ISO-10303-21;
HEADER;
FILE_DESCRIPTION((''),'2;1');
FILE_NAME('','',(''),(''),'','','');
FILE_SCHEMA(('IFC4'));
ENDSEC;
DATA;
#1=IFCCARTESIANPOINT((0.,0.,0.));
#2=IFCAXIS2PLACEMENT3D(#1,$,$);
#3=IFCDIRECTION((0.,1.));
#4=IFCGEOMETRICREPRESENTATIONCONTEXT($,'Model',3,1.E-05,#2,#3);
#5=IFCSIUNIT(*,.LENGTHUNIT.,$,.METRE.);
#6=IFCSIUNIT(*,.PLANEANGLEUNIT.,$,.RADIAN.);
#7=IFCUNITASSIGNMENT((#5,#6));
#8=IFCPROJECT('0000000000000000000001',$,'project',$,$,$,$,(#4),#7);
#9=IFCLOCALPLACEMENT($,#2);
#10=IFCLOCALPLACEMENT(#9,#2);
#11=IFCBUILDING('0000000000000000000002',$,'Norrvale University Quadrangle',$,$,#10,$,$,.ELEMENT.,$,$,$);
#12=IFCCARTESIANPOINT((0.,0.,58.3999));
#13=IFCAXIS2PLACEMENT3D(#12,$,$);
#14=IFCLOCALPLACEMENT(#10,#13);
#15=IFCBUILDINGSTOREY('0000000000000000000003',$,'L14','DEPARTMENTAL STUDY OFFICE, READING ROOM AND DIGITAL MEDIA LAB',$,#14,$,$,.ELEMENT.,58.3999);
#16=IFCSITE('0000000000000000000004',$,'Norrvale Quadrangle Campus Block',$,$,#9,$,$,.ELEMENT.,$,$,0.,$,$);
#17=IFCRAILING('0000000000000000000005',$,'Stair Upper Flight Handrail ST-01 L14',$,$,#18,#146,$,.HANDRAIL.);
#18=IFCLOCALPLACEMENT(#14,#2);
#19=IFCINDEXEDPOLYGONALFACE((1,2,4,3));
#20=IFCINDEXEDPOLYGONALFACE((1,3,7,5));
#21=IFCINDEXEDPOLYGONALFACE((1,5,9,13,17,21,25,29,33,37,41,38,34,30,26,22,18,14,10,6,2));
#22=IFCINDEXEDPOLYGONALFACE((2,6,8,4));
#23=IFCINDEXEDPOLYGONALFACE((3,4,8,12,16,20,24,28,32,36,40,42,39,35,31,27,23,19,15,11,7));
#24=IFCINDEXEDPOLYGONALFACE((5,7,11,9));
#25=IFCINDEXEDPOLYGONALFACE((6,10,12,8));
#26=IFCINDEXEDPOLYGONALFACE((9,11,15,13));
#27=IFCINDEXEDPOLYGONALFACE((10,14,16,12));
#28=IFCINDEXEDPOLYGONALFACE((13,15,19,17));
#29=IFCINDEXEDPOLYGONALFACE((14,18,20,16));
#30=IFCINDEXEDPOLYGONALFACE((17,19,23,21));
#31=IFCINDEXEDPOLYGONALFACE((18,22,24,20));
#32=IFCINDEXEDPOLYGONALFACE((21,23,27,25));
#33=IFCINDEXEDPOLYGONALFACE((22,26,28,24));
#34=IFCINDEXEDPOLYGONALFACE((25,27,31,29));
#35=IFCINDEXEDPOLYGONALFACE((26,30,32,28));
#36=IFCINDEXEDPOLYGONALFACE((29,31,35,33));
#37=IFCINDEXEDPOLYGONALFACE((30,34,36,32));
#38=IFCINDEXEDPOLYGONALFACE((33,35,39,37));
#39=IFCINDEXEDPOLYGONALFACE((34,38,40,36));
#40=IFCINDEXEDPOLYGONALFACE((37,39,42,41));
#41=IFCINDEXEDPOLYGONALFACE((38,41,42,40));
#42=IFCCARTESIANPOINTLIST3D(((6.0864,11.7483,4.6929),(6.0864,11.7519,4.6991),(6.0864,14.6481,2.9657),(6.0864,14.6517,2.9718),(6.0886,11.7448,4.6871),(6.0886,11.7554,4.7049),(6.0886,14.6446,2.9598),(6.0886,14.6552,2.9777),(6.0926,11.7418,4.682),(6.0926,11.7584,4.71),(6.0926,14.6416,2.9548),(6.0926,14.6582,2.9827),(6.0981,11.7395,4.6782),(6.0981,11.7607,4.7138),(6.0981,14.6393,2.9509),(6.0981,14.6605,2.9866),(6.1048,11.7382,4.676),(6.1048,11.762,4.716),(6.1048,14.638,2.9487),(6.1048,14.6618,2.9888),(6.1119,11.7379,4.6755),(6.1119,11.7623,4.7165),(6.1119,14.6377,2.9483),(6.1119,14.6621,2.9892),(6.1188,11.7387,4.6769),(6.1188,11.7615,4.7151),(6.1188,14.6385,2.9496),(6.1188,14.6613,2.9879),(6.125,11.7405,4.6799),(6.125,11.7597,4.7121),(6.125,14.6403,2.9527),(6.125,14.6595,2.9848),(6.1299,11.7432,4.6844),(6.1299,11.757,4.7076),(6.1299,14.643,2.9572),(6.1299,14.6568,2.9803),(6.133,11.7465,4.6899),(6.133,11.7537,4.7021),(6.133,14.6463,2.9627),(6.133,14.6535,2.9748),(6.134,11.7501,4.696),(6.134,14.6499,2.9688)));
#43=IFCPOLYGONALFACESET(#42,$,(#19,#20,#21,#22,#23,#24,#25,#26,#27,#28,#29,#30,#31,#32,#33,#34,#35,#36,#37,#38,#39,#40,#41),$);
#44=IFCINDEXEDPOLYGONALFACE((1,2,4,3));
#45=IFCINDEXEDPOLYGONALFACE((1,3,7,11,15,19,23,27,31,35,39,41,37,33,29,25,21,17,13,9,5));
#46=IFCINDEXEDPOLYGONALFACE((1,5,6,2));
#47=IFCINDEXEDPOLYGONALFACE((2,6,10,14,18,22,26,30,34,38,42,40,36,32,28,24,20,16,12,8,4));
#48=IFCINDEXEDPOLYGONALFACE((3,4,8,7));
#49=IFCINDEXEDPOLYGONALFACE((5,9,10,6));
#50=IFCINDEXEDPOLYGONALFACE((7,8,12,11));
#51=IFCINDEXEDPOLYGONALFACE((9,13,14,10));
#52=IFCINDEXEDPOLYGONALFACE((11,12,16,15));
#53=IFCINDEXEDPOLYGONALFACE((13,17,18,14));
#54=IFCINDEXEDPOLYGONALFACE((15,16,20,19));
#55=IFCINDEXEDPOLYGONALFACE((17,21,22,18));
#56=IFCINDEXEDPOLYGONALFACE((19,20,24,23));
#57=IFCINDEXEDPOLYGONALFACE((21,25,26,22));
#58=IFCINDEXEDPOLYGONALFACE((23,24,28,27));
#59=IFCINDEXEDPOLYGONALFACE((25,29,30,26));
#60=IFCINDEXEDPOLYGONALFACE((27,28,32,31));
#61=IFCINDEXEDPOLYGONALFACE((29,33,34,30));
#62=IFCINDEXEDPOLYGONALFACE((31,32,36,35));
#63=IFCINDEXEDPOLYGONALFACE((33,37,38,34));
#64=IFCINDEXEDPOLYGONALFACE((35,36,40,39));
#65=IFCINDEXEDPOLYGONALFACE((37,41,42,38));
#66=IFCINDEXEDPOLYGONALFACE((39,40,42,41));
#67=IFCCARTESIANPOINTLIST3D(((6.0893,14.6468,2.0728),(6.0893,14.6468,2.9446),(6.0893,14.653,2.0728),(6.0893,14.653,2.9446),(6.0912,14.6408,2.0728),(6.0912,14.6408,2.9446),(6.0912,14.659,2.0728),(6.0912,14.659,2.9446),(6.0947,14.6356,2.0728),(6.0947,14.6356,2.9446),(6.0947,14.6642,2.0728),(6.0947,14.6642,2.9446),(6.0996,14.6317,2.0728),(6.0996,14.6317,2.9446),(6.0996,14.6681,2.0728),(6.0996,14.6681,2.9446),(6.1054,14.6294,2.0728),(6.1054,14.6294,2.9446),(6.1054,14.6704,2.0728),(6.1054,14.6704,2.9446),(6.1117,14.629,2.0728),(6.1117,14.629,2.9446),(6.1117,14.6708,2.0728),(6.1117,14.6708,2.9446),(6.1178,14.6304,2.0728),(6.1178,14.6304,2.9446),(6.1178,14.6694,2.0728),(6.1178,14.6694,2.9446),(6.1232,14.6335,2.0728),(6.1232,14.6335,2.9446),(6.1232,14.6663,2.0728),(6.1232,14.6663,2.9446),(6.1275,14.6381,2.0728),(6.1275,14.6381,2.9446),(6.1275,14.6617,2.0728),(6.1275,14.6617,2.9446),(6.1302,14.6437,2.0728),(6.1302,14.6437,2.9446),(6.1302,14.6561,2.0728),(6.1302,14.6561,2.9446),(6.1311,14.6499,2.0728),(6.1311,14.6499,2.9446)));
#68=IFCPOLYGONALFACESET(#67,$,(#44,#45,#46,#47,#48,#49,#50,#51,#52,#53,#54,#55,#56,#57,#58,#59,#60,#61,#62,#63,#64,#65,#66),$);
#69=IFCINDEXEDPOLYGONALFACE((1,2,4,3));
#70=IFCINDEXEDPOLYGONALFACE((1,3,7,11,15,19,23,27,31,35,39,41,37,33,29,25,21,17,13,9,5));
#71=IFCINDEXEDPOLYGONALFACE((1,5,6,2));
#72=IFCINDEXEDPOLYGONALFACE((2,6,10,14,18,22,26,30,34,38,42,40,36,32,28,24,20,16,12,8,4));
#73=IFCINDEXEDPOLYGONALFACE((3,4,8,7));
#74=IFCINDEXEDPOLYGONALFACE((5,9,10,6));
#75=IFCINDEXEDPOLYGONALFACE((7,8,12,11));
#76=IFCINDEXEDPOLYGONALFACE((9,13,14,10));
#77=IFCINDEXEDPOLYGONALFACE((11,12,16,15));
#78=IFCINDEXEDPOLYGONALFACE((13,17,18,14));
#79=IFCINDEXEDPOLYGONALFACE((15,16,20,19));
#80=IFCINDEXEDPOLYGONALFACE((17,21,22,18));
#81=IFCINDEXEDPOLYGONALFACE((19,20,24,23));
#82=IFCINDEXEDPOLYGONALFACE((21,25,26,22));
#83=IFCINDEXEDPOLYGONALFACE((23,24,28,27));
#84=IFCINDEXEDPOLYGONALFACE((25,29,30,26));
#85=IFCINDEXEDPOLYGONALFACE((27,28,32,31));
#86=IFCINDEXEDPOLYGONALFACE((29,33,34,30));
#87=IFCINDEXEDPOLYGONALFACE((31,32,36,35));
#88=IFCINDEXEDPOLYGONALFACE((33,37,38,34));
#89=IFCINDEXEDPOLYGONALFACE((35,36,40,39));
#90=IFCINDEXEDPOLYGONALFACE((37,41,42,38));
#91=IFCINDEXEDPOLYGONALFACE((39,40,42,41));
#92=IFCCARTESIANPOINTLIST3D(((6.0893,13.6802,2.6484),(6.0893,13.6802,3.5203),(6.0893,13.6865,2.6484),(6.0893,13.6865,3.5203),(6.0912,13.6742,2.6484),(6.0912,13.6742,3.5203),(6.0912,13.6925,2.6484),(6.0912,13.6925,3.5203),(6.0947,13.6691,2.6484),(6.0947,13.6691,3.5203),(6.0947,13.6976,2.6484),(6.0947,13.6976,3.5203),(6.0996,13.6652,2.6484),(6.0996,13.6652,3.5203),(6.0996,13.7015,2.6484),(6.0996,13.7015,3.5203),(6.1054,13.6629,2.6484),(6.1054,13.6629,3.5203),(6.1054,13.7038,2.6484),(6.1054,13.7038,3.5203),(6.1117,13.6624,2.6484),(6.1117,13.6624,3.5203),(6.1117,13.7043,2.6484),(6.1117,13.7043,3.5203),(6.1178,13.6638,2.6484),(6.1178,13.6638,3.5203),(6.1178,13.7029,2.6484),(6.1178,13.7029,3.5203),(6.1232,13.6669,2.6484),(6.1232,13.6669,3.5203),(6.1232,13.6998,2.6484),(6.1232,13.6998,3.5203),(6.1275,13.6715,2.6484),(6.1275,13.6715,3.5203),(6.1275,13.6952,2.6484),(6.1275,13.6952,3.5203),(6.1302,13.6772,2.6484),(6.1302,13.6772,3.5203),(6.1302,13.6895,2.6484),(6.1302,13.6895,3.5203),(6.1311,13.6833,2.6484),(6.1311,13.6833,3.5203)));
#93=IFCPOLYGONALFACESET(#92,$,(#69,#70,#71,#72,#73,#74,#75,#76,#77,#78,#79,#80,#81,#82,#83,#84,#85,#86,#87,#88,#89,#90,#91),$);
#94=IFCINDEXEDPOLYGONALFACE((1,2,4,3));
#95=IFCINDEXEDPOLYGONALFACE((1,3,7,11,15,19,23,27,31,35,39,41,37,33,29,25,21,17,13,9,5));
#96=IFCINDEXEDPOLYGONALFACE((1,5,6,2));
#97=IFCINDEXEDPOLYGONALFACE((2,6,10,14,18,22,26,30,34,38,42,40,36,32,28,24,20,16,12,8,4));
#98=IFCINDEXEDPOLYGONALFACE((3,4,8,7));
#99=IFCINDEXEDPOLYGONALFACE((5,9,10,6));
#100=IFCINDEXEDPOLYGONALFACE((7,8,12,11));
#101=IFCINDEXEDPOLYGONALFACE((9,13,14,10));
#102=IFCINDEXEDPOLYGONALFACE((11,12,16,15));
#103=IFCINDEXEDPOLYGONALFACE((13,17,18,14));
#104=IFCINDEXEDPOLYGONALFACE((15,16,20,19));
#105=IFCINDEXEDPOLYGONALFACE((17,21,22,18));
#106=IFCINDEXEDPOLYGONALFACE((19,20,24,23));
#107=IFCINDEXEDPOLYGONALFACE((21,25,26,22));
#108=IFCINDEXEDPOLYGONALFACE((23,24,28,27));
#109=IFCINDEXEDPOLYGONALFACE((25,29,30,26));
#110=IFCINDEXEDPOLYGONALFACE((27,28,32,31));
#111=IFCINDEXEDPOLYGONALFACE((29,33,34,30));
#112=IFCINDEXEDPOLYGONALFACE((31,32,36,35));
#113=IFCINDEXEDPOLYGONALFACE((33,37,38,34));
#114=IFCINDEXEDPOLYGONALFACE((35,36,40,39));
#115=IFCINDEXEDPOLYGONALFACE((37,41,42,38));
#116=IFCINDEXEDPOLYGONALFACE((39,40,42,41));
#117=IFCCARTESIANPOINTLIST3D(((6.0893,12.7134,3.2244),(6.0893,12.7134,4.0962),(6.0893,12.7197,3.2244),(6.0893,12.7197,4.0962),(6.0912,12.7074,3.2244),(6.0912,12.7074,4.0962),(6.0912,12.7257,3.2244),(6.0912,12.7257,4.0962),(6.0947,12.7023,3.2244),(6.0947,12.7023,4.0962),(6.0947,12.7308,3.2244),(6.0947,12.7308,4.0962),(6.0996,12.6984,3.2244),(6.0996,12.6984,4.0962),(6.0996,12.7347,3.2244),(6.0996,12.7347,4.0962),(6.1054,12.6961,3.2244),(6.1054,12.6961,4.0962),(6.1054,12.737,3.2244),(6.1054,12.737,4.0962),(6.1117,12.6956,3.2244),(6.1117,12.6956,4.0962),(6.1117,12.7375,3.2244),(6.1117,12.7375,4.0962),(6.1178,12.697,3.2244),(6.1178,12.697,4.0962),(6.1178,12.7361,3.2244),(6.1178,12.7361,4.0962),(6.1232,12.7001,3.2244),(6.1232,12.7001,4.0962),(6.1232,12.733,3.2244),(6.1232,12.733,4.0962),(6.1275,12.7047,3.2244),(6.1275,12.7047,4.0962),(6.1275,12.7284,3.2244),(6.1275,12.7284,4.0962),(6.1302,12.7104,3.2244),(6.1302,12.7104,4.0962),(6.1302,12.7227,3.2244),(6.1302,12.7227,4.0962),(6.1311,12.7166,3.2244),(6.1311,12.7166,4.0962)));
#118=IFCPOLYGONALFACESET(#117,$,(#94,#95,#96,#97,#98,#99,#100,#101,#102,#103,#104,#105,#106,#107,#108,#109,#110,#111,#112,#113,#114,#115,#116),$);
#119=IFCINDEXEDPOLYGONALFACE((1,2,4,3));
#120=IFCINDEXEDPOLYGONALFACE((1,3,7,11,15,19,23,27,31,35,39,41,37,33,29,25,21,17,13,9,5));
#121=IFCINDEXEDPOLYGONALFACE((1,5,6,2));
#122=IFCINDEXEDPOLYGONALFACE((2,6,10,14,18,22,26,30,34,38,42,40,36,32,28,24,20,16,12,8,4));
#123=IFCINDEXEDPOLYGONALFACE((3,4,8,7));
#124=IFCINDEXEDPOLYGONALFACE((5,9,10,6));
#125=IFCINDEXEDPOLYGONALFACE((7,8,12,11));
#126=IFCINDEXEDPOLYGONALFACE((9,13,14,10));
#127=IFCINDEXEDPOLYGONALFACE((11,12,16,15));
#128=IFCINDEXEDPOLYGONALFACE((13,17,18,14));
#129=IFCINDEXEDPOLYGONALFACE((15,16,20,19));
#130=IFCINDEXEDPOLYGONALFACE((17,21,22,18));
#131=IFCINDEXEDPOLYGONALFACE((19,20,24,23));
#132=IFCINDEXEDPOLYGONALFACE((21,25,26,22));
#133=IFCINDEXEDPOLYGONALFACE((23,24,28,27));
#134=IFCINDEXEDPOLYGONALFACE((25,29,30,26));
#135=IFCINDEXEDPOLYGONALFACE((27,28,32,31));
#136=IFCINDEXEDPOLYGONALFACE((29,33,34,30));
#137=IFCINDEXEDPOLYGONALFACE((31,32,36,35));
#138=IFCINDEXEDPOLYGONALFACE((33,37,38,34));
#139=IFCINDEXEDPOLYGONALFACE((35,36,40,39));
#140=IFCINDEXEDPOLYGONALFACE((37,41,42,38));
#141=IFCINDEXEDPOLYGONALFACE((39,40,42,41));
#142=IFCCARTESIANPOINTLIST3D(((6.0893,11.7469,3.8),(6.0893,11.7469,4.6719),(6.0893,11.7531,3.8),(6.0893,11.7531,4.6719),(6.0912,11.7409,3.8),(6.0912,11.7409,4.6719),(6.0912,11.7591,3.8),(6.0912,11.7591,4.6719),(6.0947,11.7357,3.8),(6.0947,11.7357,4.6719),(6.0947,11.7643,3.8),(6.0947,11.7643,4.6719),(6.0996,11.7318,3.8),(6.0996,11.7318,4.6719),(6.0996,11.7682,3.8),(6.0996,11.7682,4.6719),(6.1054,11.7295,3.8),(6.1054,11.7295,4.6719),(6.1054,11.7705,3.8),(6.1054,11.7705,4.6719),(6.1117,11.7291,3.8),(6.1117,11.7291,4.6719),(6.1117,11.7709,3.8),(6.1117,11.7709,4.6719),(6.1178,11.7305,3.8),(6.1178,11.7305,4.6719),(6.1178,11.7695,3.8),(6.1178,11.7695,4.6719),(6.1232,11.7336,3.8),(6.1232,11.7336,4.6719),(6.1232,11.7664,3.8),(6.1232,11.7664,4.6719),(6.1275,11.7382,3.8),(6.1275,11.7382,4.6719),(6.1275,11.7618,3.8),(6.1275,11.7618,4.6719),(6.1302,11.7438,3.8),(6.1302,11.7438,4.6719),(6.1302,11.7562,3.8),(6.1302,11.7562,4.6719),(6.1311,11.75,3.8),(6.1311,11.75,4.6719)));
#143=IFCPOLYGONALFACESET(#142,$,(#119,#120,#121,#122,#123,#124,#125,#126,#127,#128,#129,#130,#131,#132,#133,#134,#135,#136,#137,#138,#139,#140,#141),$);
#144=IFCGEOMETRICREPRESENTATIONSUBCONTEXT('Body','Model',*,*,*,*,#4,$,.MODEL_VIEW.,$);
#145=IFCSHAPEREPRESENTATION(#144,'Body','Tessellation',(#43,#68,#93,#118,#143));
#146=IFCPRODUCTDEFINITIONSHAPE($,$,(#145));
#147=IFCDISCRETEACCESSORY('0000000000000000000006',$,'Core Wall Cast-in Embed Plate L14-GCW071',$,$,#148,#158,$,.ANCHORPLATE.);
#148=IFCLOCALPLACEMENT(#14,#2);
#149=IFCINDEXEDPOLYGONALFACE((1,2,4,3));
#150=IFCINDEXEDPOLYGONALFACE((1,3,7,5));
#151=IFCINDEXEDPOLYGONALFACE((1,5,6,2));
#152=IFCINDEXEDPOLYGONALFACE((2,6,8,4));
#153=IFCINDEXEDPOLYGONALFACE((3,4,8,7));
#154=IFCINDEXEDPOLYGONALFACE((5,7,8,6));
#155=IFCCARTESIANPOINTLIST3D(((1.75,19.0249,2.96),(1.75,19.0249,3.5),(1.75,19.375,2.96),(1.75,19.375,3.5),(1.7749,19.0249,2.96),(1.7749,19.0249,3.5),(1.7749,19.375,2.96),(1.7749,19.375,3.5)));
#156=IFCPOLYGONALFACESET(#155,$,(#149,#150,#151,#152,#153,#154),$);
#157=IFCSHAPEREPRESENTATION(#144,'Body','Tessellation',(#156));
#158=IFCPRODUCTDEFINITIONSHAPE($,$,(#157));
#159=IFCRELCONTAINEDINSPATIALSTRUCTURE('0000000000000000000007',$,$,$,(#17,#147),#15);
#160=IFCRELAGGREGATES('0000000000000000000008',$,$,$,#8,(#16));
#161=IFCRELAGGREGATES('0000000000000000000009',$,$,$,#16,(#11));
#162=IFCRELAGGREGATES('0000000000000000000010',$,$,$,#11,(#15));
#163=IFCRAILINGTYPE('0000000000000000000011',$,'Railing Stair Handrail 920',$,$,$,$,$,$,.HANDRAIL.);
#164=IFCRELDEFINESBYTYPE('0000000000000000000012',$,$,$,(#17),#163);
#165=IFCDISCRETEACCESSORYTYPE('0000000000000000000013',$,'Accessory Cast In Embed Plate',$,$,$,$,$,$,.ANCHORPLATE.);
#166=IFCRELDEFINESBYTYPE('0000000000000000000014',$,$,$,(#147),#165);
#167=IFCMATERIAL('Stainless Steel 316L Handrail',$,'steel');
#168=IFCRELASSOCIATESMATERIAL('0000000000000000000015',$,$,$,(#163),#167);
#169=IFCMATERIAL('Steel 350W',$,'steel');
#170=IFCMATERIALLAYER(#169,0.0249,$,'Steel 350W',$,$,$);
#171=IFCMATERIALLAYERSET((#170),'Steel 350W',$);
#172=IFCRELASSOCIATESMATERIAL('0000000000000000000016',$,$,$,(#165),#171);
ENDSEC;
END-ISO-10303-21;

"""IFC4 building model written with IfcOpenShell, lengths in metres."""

from ifc_helpers import new_model, si_unit, direction, frame, origin, origin_2d, place, context, subcontext, project, spatial, rectangle, circle, extrude, material, layer, layer_set, type_object, element, save


model = new_model("IFC4")

# Units and contexts
model_context = context("Model", 3, precision=1e-05, world=origin(), true_north=direction((0.0, 1.0)))
body_context = subcontext(model_context, "Body", "Model", "MODEL_VIEW")
ifc_project = project(units=[si_unit("LENGTHUNIT", "METRE"), si_unit("PLANEANGLEUNIT", "RADIAN")], contexts=[model_context])

# Site, building, storey
site_placement = place(None, origin())
site = spatial("IfcSite", under=ifc_project, at=site_placement, Name="Norrvale Quadrangle Campus Block", CompositionType="ELEMENT", RefElevation=0.0)
building_placement = place(site_placement, origin())
building = spatial("IfcBuilding", under=site, at=building_placement, Name="Norrvale University Quadrangle", CompositionType="ELEMENT")
storey_placement = place(building_placement, frame((0.0, 0.0, 58.3999)))
storey = spatial("IfcBuildingStorey", under=building, at=storey_placement, Name="L14", Description="DEPARTMENTAL STUDY OFFICE, READING ROOM AND DIGITAL MEDIA LAB", CompositionType="ELEMENT", Elevation=58.3999)

# Shared definitions
ifc_material_1 = material(Name="Steel 350W", Category="steel")

# Railing
ifc_material_2 = material(Name="Stainless Steel 316L Handrail", Category="steel")
railing_type_1 = type_object("IfcRailingType", Name="Railing Stair Handrail 920", PredefinedType="HANDRAIL", material=ifc_material_2)
railing_1_placement = place(storey_placement, frame((6.1101, 14.6499, 2.0728)))
element("IfcRailing", 1, at=railing_1_placement, inside=storey, type_object=railing_type_1, Name="Stair Upper Flight Handrail ST-01 L14", PredefinedType="HANDRAIL", context=body_context, shape_type="SweptSolid", body=[
    extrude(circle(Radius=0.0239, at=origin_2d()), frame((0.0, 0.0, 0.896), z_axis=(0.0, -0.859141, 0.511738), x_axis=(1.0, 0.0, 0.0)), (0.0, 0.0, 1.0), 3.3752),
    extrude(circle(Radius=0.021, at=origin_2d()), origin(), (0.0, 0.0, 1.0), 0.8718),
    extrude(circle(Radius=0.021, at=origin_2d()), frame((0.0, -0.9666, 0.5757)), (0.0, 0.0, 1.0), 0.8718),
    extrude(circle(Radius=0.021, at=origin_2d()), frame((0.0, -1.9333, 1.1516)), (0.0, 0.0, 1.0), 0.8718),
    extrude(circle(Radius=0.021, at=origin_2d()), frame((0.0, -2.8999, 1.7273)), (0.0, 0.0, 1.0), 0.8718),
])

# Discrete accessory
ifc_layer_1 = layer(ifc_material_1, 0.0249, Name="Steel 350W")
ifc_layer_set_1 = layer_set([ifc_layer_1], Name="Steel 350W")
discrete_accessory_type = type_object("IfcDiscreteAccessoryType", Name="Accessory Cast In Embed Plate", PredefinedType="ANCHORPLATE", material=ifc_layer_set_1)
discrete_accessory_placement = place(storey_placement, frame((1.7625, 19.2, 2.96), z_axis=(0.0, 0.0, 1.0), x_axis=(1.0, 0.0, 0.0)))
element("IfcDiscreteAccessory", 2, at=discrete_accessory_placement, inside=storey, type_object=discrete_accessory_type, Name="Core Wall Cast-in Embed Plate L14-GCW071", PredefinedType="ANCHORPLATE", context=body_context, shape_type="SweptSolid", body=[
    extrude(rectangle(XDim=0.0249, YDim=0.3501, at=origin_2d()), origin(), (0.0, 0.0, 1.0), 0.54),
])

save(model, "model.ifc")
